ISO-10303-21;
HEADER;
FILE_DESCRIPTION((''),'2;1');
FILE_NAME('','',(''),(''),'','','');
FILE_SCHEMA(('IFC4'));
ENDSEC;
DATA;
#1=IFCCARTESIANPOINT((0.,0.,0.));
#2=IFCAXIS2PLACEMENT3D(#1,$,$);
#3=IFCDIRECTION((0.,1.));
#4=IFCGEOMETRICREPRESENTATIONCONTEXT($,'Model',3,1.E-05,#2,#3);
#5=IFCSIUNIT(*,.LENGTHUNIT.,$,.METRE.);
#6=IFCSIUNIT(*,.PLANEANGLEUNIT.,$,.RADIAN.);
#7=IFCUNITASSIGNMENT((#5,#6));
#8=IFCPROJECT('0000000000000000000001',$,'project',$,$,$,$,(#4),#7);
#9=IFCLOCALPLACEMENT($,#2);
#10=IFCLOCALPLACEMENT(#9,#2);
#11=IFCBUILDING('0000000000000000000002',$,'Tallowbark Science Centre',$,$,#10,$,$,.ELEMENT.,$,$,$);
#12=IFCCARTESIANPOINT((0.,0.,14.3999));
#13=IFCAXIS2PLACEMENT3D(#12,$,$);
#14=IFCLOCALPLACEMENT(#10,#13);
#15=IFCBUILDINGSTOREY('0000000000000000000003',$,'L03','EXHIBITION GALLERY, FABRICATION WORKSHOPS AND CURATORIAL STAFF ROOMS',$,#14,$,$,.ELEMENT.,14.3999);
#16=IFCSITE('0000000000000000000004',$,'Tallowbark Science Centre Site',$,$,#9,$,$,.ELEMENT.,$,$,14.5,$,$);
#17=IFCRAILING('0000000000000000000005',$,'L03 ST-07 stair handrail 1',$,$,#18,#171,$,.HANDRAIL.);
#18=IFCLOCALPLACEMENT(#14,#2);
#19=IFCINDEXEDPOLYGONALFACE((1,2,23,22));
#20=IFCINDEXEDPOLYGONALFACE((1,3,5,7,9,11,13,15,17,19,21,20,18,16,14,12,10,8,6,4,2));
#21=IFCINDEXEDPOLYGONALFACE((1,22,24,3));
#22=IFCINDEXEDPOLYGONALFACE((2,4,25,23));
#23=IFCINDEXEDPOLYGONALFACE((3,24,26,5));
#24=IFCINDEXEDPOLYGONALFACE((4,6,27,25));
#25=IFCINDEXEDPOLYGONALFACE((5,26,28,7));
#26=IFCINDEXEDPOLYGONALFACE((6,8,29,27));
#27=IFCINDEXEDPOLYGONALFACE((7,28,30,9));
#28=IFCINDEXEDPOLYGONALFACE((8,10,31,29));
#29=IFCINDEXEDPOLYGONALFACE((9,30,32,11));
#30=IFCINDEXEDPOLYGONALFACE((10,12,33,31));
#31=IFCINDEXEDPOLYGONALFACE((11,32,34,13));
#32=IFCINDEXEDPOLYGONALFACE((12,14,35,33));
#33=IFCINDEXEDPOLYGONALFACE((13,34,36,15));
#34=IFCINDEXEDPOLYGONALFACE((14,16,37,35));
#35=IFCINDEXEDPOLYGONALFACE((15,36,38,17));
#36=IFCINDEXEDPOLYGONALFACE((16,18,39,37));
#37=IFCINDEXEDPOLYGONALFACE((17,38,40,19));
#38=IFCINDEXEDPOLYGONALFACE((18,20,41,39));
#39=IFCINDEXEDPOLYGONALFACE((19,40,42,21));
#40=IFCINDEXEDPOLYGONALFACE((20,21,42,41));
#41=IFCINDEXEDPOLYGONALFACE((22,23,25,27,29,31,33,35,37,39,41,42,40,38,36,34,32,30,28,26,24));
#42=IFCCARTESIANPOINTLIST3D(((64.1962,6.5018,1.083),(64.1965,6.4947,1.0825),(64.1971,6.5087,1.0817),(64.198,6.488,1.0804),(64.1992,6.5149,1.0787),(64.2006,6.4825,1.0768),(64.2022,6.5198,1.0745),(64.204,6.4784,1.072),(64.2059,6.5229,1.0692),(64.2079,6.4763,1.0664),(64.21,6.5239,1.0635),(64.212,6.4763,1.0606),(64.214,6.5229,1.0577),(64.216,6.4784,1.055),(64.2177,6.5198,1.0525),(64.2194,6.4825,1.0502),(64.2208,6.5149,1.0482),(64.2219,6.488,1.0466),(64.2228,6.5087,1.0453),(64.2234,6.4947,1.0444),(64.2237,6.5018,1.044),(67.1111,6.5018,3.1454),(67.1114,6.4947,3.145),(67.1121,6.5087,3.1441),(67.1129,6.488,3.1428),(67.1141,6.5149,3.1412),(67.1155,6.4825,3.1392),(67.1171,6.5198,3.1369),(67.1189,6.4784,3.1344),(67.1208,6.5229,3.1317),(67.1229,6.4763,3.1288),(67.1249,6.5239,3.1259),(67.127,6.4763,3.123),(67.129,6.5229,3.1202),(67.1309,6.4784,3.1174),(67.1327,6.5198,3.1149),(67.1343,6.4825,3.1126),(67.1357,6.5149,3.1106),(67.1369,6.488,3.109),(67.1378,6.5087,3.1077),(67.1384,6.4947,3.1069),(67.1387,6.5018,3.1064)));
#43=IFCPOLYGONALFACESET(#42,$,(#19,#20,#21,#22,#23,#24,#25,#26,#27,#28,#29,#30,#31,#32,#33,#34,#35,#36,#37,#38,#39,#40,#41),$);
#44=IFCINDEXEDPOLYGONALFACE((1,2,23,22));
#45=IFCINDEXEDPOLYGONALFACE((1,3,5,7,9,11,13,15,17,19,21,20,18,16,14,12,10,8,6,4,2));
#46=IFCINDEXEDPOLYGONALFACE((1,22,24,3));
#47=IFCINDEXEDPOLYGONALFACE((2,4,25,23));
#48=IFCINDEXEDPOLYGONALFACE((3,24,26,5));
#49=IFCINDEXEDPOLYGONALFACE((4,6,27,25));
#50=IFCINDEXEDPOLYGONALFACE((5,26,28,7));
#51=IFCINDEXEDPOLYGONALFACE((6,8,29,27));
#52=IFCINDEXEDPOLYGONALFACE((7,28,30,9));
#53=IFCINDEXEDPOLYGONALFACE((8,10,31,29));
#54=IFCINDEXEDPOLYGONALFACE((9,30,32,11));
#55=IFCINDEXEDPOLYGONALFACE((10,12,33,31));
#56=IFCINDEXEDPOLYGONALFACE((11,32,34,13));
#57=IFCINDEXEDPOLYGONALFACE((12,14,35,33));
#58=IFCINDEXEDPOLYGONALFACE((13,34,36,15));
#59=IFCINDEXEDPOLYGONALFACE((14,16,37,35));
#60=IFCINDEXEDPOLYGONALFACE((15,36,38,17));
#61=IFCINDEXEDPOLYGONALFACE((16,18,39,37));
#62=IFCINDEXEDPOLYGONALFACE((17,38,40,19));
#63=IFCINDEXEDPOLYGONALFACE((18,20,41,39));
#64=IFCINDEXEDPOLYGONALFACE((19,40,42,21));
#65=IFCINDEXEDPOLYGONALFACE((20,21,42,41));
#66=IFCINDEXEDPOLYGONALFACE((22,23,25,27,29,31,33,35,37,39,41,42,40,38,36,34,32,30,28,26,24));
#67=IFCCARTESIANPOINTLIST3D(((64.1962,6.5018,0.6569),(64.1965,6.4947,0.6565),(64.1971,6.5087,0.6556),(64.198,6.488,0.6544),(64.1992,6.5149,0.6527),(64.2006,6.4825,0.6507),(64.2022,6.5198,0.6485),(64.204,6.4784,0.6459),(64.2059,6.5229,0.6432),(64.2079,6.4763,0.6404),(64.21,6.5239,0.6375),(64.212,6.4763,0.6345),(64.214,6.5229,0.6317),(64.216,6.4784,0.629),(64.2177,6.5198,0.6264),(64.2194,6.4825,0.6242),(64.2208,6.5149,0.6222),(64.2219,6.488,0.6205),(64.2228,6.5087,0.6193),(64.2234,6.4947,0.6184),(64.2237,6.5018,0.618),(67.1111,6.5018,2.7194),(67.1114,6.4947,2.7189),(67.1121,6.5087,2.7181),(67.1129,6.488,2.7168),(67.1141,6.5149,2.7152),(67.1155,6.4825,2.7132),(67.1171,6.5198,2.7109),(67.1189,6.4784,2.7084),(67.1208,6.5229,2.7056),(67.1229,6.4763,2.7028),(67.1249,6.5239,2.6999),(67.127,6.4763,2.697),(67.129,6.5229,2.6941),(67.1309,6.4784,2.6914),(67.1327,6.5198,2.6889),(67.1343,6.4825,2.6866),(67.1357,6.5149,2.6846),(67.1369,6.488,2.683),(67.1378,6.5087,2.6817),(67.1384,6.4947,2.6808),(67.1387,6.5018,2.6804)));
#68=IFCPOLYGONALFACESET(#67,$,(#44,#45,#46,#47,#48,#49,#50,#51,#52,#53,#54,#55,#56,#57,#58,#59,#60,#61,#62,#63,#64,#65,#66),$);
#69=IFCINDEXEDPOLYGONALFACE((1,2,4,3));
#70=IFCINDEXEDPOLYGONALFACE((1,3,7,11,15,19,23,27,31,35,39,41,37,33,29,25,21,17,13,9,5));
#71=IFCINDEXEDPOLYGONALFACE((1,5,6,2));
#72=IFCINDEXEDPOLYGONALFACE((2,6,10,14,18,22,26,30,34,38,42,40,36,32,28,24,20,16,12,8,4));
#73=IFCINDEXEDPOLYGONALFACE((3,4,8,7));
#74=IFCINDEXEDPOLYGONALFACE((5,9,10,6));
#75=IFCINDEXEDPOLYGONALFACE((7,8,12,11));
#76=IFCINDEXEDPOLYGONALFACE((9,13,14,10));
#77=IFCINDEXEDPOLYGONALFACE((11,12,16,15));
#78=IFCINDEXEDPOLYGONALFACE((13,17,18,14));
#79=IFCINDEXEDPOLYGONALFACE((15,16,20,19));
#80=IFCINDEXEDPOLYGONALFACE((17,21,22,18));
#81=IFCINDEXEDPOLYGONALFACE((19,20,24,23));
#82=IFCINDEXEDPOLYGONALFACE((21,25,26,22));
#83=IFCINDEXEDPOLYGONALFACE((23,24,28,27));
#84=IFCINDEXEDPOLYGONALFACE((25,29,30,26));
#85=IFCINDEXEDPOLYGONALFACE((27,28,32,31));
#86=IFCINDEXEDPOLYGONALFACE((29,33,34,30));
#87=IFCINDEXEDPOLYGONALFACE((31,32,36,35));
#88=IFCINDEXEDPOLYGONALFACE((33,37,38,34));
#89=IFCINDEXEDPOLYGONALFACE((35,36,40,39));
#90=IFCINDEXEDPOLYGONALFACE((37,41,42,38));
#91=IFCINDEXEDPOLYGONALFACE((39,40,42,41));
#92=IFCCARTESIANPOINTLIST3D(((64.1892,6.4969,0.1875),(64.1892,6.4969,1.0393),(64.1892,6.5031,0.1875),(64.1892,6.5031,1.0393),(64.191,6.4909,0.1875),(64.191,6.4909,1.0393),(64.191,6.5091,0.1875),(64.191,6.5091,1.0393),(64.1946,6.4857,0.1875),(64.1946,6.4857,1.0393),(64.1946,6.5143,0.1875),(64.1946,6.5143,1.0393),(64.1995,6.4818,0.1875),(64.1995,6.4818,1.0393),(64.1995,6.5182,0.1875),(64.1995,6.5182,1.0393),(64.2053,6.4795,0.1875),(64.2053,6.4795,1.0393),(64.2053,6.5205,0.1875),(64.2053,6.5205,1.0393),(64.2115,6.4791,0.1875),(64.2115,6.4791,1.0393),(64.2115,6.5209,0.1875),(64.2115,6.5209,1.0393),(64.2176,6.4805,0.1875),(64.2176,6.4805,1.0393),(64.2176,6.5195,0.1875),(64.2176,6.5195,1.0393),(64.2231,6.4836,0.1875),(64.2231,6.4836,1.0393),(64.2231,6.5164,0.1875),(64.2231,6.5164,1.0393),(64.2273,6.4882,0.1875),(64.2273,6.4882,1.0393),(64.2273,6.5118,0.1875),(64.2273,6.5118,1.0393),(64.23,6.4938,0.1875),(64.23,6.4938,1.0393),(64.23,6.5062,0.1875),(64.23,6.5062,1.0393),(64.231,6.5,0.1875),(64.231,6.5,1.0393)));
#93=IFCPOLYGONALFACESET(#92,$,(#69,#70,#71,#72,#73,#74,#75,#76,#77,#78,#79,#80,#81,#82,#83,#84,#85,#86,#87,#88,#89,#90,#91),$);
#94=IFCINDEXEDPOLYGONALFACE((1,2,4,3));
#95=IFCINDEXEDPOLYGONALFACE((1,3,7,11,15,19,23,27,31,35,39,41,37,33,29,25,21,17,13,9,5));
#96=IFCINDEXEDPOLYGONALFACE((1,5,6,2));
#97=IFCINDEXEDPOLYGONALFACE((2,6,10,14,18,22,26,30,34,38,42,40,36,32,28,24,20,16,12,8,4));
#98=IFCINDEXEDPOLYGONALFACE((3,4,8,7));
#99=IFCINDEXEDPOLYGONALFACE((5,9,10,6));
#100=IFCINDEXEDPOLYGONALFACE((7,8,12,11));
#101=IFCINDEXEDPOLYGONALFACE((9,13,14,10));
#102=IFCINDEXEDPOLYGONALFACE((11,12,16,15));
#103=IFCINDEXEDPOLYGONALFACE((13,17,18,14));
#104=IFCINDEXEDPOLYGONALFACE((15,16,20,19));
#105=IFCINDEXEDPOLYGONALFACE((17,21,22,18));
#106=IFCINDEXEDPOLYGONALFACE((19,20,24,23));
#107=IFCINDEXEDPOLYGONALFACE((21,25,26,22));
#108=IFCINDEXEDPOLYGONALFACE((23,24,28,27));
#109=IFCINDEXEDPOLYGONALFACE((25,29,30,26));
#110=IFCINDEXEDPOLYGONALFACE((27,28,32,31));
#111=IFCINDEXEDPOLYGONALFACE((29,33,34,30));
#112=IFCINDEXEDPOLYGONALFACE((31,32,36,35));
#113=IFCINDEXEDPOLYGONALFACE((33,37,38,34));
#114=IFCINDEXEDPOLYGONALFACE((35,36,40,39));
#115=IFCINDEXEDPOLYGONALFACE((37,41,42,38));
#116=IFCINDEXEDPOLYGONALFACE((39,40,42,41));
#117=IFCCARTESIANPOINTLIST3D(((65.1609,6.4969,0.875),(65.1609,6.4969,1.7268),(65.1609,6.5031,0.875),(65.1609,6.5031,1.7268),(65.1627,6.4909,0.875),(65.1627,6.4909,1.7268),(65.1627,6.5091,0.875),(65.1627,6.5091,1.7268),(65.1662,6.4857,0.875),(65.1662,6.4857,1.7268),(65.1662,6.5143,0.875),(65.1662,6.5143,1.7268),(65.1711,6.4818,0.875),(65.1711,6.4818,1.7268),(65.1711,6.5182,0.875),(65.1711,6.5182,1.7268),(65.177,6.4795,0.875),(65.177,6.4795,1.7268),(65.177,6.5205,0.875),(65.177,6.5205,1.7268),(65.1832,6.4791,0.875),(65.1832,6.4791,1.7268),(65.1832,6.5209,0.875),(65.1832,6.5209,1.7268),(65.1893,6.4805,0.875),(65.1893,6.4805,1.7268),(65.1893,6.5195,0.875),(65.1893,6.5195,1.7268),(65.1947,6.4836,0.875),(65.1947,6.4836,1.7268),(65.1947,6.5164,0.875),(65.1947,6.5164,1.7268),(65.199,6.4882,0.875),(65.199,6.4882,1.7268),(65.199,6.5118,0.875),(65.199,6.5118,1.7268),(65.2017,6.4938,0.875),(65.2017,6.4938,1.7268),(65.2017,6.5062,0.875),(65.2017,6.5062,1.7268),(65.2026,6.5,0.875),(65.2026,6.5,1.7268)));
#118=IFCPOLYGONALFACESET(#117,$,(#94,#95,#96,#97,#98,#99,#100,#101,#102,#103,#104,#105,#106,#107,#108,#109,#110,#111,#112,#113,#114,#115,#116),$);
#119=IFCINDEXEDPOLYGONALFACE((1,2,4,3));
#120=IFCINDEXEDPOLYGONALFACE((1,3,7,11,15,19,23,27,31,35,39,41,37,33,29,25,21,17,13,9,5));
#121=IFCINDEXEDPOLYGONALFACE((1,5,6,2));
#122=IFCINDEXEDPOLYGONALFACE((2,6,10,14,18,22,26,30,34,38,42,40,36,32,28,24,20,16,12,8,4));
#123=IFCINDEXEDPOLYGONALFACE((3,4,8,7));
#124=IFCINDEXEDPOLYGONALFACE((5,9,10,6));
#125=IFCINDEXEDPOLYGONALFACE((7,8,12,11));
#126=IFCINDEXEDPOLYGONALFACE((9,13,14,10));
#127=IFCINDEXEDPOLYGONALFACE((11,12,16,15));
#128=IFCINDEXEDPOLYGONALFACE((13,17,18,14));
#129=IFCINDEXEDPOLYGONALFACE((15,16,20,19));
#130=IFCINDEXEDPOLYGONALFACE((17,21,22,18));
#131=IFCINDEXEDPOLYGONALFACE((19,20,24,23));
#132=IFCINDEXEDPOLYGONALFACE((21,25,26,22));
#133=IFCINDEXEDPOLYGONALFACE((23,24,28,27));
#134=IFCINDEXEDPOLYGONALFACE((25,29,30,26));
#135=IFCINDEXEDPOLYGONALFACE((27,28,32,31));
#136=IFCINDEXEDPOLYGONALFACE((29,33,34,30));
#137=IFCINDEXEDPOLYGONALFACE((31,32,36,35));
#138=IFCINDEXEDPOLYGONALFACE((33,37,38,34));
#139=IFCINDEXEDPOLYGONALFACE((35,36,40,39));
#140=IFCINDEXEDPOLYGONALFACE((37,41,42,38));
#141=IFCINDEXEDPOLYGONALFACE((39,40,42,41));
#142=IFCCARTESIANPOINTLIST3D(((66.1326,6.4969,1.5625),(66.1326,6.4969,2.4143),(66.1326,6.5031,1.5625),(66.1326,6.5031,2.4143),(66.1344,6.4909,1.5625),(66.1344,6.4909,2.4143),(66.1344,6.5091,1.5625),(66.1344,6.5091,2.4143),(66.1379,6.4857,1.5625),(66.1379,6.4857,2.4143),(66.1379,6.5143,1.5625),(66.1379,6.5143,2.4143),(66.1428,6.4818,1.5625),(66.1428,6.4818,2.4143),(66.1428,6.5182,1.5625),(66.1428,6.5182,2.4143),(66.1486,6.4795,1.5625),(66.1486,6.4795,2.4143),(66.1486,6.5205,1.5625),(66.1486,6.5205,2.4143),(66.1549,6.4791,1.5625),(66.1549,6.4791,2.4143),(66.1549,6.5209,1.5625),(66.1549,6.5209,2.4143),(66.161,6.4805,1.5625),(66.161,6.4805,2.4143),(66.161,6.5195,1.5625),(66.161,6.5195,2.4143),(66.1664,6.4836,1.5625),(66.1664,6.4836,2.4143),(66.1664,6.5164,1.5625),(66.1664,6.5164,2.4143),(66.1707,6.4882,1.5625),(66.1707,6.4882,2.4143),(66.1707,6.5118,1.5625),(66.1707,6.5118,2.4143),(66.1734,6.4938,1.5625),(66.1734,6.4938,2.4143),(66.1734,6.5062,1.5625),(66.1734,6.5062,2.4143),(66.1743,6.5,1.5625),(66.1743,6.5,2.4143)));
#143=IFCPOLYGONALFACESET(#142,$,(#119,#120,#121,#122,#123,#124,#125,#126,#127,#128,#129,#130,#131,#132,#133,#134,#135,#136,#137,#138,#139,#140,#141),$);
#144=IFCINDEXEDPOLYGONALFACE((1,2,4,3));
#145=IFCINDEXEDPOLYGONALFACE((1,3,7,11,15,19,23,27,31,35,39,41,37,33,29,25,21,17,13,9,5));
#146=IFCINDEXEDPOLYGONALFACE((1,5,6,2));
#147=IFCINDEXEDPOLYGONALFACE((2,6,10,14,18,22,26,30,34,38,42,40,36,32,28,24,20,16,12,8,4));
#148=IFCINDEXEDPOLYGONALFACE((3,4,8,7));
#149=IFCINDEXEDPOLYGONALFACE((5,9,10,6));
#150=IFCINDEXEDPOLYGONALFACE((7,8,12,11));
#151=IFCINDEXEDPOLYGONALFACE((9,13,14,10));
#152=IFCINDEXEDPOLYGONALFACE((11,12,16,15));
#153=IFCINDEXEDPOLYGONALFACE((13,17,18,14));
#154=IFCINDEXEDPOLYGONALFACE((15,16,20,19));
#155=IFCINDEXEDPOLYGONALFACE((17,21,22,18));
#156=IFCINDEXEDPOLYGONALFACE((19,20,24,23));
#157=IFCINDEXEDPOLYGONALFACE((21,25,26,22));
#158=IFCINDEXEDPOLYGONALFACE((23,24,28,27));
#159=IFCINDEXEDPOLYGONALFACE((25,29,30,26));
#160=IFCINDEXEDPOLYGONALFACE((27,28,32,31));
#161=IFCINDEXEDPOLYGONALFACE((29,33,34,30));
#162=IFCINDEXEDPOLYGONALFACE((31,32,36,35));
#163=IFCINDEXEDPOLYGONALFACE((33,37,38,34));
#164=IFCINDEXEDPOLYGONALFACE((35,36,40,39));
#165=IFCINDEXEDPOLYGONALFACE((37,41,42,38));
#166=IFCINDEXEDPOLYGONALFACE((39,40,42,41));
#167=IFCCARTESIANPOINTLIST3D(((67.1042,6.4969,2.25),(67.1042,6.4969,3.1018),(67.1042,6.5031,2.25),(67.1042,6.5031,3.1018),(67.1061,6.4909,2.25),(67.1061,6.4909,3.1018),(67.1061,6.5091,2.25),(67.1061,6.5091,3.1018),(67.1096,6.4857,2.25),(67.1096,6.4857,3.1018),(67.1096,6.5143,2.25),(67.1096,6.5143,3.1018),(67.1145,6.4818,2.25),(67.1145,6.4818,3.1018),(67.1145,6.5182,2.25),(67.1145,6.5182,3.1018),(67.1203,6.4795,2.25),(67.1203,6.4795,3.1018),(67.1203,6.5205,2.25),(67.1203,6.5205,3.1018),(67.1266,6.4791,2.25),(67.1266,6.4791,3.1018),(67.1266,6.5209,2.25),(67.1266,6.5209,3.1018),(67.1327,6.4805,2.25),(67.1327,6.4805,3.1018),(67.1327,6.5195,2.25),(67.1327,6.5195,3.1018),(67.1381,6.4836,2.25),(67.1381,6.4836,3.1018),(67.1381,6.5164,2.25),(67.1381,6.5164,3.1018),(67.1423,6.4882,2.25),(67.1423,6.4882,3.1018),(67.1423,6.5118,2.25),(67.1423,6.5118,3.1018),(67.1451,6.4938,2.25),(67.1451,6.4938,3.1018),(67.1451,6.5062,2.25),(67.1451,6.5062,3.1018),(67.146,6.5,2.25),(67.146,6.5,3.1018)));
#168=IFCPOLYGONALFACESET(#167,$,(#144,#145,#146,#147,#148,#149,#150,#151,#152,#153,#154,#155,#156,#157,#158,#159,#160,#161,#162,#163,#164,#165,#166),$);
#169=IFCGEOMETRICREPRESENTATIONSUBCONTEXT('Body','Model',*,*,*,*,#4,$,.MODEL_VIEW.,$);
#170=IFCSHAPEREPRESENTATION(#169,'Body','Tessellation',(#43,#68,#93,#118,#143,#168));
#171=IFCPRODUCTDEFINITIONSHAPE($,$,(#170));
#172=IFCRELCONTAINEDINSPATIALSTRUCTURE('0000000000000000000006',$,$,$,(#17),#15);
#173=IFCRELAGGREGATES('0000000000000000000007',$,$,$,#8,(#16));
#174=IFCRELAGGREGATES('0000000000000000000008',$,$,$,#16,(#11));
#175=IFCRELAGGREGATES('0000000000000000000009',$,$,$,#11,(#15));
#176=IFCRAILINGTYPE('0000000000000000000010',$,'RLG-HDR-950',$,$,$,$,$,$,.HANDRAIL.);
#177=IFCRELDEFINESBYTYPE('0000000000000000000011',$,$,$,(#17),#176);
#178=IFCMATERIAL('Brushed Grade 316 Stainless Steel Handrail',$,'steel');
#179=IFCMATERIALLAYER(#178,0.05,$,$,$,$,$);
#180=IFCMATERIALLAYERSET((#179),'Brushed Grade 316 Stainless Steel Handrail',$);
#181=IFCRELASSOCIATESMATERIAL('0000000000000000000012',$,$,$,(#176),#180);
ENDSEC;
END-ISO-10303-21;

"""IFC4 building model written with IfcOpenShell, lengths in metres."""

from ifc_helpers import new_model, si_unit, direction, frame, origin, origin_2d, place, context, subcontext, project, spatial, circle, extrude, material, layer, layer_set, type_object, element, save


model = new_model("IFC4")

# Units and contexts
model_context = context("Model", 3, precision=1e-05, world=origin(), true_north=direction((0.0, 1.0)))
body_context = subcontext(model_context, "Body", "Model", "MODEL_VIEW")
ifc_project = project(units=[si_unit("LENGTHUNIT", "METRE"), si_unit("PLANEANGLEUNIT", "RADIAN")], contexts=[model_context])

# Site, building, storey
site_placement = place(None, origin())
site = spatial("IfcSite", under=ifc_project, at=site_placement, Name="Tallowbark Science Centre Site", CompositionType="ELEMENT", RefElevation=14.5)
building_placement = place(site_placement, origin())
building = spatial("IfcBuilding", under=site, at=building_placement, Name="Tallowbark Science Centre", CompositionType="ELEMENT")
storey_placement = place(building_placement, frame((0.0, 0.0, 14.3999)))
storey = spatial("IfcBuildingStorey", under=building, at=storey_placement, Name="L03", Description="EXHIBITION GALLERY, FABRICATION WORKSHOPS AND CURATORIAL STAFF ROOMS", CompositionType="ELEMENT", Elevation=14.3999)

# Railing
ifc_material_1 = material(Name="Brushed Grade 316 Stainless Steel Handrail", Category="steel")
ifc_layer_1 = layer(ifc_material_1, 0.05)
ifc_layer_set_1 = layer_set([ifc_layer_1], Name="Brushed Grade 316 Stainless Steel Handrail")
railing_type_1 = type_object("IfcRailingType", Name="RLG-HDR-950", PredefinedType="HANDRAIL", material=ifc_layer_set_1)
railing_1_placement = place(storey_placement, frame((64.21, 6.5, 0.1875)))
element("IfcRailing", 1, at=railing_1_placement, inside=storey, type_object=railing_type_1, Name="L03 ST-07 stair handrail 1", PredefinedType="HANDRAIL", context=body_context, shape_type="SweptSolid", body=[
    extrude(circle(Radius=0.0239, at=origin_2d()), frame((0.0, 0.0, 0.876), z_axis=(0.816331, 0.0, 0.577585), x_axis=(0.0, 1.0, 0.0)), (0.0, 0.0, 1.0), 3.5708),
    extrude(circle(Radius=0.0239, at=origin_2d()), frame((0.0, 0.0, 0.45), z_axis=(0.816331, 0.0, 0.577585), x_axis=(0.0, 1.0, 0.0)), (0.0, 0.0, 1.0), 3.5708),
    extrude(circle(Radius=0.021, at=origin_2d()), origin(), (0.0, 0.0, 1.0), 0.8518),
    extrude(circle(Radius=0.021, at=origin_2d()), frame((0.9717, 0.0, 0.6875)), (0.0, 0.0, 1.0), 0.8518),
    extrude(circle(Radius=0.021, at=origin_2d()), frame((1.9434, 0.0, 1.375)), (0.0, 0.0, 1.0), 0.8518),
    extrude(circle(Radius=0.021, at=origin_2d()), frame((2.915, 0.0, 2.0625)), (0.0, 0.0, 1.0), 0.8518),
])

save(model, "model.ifc")
